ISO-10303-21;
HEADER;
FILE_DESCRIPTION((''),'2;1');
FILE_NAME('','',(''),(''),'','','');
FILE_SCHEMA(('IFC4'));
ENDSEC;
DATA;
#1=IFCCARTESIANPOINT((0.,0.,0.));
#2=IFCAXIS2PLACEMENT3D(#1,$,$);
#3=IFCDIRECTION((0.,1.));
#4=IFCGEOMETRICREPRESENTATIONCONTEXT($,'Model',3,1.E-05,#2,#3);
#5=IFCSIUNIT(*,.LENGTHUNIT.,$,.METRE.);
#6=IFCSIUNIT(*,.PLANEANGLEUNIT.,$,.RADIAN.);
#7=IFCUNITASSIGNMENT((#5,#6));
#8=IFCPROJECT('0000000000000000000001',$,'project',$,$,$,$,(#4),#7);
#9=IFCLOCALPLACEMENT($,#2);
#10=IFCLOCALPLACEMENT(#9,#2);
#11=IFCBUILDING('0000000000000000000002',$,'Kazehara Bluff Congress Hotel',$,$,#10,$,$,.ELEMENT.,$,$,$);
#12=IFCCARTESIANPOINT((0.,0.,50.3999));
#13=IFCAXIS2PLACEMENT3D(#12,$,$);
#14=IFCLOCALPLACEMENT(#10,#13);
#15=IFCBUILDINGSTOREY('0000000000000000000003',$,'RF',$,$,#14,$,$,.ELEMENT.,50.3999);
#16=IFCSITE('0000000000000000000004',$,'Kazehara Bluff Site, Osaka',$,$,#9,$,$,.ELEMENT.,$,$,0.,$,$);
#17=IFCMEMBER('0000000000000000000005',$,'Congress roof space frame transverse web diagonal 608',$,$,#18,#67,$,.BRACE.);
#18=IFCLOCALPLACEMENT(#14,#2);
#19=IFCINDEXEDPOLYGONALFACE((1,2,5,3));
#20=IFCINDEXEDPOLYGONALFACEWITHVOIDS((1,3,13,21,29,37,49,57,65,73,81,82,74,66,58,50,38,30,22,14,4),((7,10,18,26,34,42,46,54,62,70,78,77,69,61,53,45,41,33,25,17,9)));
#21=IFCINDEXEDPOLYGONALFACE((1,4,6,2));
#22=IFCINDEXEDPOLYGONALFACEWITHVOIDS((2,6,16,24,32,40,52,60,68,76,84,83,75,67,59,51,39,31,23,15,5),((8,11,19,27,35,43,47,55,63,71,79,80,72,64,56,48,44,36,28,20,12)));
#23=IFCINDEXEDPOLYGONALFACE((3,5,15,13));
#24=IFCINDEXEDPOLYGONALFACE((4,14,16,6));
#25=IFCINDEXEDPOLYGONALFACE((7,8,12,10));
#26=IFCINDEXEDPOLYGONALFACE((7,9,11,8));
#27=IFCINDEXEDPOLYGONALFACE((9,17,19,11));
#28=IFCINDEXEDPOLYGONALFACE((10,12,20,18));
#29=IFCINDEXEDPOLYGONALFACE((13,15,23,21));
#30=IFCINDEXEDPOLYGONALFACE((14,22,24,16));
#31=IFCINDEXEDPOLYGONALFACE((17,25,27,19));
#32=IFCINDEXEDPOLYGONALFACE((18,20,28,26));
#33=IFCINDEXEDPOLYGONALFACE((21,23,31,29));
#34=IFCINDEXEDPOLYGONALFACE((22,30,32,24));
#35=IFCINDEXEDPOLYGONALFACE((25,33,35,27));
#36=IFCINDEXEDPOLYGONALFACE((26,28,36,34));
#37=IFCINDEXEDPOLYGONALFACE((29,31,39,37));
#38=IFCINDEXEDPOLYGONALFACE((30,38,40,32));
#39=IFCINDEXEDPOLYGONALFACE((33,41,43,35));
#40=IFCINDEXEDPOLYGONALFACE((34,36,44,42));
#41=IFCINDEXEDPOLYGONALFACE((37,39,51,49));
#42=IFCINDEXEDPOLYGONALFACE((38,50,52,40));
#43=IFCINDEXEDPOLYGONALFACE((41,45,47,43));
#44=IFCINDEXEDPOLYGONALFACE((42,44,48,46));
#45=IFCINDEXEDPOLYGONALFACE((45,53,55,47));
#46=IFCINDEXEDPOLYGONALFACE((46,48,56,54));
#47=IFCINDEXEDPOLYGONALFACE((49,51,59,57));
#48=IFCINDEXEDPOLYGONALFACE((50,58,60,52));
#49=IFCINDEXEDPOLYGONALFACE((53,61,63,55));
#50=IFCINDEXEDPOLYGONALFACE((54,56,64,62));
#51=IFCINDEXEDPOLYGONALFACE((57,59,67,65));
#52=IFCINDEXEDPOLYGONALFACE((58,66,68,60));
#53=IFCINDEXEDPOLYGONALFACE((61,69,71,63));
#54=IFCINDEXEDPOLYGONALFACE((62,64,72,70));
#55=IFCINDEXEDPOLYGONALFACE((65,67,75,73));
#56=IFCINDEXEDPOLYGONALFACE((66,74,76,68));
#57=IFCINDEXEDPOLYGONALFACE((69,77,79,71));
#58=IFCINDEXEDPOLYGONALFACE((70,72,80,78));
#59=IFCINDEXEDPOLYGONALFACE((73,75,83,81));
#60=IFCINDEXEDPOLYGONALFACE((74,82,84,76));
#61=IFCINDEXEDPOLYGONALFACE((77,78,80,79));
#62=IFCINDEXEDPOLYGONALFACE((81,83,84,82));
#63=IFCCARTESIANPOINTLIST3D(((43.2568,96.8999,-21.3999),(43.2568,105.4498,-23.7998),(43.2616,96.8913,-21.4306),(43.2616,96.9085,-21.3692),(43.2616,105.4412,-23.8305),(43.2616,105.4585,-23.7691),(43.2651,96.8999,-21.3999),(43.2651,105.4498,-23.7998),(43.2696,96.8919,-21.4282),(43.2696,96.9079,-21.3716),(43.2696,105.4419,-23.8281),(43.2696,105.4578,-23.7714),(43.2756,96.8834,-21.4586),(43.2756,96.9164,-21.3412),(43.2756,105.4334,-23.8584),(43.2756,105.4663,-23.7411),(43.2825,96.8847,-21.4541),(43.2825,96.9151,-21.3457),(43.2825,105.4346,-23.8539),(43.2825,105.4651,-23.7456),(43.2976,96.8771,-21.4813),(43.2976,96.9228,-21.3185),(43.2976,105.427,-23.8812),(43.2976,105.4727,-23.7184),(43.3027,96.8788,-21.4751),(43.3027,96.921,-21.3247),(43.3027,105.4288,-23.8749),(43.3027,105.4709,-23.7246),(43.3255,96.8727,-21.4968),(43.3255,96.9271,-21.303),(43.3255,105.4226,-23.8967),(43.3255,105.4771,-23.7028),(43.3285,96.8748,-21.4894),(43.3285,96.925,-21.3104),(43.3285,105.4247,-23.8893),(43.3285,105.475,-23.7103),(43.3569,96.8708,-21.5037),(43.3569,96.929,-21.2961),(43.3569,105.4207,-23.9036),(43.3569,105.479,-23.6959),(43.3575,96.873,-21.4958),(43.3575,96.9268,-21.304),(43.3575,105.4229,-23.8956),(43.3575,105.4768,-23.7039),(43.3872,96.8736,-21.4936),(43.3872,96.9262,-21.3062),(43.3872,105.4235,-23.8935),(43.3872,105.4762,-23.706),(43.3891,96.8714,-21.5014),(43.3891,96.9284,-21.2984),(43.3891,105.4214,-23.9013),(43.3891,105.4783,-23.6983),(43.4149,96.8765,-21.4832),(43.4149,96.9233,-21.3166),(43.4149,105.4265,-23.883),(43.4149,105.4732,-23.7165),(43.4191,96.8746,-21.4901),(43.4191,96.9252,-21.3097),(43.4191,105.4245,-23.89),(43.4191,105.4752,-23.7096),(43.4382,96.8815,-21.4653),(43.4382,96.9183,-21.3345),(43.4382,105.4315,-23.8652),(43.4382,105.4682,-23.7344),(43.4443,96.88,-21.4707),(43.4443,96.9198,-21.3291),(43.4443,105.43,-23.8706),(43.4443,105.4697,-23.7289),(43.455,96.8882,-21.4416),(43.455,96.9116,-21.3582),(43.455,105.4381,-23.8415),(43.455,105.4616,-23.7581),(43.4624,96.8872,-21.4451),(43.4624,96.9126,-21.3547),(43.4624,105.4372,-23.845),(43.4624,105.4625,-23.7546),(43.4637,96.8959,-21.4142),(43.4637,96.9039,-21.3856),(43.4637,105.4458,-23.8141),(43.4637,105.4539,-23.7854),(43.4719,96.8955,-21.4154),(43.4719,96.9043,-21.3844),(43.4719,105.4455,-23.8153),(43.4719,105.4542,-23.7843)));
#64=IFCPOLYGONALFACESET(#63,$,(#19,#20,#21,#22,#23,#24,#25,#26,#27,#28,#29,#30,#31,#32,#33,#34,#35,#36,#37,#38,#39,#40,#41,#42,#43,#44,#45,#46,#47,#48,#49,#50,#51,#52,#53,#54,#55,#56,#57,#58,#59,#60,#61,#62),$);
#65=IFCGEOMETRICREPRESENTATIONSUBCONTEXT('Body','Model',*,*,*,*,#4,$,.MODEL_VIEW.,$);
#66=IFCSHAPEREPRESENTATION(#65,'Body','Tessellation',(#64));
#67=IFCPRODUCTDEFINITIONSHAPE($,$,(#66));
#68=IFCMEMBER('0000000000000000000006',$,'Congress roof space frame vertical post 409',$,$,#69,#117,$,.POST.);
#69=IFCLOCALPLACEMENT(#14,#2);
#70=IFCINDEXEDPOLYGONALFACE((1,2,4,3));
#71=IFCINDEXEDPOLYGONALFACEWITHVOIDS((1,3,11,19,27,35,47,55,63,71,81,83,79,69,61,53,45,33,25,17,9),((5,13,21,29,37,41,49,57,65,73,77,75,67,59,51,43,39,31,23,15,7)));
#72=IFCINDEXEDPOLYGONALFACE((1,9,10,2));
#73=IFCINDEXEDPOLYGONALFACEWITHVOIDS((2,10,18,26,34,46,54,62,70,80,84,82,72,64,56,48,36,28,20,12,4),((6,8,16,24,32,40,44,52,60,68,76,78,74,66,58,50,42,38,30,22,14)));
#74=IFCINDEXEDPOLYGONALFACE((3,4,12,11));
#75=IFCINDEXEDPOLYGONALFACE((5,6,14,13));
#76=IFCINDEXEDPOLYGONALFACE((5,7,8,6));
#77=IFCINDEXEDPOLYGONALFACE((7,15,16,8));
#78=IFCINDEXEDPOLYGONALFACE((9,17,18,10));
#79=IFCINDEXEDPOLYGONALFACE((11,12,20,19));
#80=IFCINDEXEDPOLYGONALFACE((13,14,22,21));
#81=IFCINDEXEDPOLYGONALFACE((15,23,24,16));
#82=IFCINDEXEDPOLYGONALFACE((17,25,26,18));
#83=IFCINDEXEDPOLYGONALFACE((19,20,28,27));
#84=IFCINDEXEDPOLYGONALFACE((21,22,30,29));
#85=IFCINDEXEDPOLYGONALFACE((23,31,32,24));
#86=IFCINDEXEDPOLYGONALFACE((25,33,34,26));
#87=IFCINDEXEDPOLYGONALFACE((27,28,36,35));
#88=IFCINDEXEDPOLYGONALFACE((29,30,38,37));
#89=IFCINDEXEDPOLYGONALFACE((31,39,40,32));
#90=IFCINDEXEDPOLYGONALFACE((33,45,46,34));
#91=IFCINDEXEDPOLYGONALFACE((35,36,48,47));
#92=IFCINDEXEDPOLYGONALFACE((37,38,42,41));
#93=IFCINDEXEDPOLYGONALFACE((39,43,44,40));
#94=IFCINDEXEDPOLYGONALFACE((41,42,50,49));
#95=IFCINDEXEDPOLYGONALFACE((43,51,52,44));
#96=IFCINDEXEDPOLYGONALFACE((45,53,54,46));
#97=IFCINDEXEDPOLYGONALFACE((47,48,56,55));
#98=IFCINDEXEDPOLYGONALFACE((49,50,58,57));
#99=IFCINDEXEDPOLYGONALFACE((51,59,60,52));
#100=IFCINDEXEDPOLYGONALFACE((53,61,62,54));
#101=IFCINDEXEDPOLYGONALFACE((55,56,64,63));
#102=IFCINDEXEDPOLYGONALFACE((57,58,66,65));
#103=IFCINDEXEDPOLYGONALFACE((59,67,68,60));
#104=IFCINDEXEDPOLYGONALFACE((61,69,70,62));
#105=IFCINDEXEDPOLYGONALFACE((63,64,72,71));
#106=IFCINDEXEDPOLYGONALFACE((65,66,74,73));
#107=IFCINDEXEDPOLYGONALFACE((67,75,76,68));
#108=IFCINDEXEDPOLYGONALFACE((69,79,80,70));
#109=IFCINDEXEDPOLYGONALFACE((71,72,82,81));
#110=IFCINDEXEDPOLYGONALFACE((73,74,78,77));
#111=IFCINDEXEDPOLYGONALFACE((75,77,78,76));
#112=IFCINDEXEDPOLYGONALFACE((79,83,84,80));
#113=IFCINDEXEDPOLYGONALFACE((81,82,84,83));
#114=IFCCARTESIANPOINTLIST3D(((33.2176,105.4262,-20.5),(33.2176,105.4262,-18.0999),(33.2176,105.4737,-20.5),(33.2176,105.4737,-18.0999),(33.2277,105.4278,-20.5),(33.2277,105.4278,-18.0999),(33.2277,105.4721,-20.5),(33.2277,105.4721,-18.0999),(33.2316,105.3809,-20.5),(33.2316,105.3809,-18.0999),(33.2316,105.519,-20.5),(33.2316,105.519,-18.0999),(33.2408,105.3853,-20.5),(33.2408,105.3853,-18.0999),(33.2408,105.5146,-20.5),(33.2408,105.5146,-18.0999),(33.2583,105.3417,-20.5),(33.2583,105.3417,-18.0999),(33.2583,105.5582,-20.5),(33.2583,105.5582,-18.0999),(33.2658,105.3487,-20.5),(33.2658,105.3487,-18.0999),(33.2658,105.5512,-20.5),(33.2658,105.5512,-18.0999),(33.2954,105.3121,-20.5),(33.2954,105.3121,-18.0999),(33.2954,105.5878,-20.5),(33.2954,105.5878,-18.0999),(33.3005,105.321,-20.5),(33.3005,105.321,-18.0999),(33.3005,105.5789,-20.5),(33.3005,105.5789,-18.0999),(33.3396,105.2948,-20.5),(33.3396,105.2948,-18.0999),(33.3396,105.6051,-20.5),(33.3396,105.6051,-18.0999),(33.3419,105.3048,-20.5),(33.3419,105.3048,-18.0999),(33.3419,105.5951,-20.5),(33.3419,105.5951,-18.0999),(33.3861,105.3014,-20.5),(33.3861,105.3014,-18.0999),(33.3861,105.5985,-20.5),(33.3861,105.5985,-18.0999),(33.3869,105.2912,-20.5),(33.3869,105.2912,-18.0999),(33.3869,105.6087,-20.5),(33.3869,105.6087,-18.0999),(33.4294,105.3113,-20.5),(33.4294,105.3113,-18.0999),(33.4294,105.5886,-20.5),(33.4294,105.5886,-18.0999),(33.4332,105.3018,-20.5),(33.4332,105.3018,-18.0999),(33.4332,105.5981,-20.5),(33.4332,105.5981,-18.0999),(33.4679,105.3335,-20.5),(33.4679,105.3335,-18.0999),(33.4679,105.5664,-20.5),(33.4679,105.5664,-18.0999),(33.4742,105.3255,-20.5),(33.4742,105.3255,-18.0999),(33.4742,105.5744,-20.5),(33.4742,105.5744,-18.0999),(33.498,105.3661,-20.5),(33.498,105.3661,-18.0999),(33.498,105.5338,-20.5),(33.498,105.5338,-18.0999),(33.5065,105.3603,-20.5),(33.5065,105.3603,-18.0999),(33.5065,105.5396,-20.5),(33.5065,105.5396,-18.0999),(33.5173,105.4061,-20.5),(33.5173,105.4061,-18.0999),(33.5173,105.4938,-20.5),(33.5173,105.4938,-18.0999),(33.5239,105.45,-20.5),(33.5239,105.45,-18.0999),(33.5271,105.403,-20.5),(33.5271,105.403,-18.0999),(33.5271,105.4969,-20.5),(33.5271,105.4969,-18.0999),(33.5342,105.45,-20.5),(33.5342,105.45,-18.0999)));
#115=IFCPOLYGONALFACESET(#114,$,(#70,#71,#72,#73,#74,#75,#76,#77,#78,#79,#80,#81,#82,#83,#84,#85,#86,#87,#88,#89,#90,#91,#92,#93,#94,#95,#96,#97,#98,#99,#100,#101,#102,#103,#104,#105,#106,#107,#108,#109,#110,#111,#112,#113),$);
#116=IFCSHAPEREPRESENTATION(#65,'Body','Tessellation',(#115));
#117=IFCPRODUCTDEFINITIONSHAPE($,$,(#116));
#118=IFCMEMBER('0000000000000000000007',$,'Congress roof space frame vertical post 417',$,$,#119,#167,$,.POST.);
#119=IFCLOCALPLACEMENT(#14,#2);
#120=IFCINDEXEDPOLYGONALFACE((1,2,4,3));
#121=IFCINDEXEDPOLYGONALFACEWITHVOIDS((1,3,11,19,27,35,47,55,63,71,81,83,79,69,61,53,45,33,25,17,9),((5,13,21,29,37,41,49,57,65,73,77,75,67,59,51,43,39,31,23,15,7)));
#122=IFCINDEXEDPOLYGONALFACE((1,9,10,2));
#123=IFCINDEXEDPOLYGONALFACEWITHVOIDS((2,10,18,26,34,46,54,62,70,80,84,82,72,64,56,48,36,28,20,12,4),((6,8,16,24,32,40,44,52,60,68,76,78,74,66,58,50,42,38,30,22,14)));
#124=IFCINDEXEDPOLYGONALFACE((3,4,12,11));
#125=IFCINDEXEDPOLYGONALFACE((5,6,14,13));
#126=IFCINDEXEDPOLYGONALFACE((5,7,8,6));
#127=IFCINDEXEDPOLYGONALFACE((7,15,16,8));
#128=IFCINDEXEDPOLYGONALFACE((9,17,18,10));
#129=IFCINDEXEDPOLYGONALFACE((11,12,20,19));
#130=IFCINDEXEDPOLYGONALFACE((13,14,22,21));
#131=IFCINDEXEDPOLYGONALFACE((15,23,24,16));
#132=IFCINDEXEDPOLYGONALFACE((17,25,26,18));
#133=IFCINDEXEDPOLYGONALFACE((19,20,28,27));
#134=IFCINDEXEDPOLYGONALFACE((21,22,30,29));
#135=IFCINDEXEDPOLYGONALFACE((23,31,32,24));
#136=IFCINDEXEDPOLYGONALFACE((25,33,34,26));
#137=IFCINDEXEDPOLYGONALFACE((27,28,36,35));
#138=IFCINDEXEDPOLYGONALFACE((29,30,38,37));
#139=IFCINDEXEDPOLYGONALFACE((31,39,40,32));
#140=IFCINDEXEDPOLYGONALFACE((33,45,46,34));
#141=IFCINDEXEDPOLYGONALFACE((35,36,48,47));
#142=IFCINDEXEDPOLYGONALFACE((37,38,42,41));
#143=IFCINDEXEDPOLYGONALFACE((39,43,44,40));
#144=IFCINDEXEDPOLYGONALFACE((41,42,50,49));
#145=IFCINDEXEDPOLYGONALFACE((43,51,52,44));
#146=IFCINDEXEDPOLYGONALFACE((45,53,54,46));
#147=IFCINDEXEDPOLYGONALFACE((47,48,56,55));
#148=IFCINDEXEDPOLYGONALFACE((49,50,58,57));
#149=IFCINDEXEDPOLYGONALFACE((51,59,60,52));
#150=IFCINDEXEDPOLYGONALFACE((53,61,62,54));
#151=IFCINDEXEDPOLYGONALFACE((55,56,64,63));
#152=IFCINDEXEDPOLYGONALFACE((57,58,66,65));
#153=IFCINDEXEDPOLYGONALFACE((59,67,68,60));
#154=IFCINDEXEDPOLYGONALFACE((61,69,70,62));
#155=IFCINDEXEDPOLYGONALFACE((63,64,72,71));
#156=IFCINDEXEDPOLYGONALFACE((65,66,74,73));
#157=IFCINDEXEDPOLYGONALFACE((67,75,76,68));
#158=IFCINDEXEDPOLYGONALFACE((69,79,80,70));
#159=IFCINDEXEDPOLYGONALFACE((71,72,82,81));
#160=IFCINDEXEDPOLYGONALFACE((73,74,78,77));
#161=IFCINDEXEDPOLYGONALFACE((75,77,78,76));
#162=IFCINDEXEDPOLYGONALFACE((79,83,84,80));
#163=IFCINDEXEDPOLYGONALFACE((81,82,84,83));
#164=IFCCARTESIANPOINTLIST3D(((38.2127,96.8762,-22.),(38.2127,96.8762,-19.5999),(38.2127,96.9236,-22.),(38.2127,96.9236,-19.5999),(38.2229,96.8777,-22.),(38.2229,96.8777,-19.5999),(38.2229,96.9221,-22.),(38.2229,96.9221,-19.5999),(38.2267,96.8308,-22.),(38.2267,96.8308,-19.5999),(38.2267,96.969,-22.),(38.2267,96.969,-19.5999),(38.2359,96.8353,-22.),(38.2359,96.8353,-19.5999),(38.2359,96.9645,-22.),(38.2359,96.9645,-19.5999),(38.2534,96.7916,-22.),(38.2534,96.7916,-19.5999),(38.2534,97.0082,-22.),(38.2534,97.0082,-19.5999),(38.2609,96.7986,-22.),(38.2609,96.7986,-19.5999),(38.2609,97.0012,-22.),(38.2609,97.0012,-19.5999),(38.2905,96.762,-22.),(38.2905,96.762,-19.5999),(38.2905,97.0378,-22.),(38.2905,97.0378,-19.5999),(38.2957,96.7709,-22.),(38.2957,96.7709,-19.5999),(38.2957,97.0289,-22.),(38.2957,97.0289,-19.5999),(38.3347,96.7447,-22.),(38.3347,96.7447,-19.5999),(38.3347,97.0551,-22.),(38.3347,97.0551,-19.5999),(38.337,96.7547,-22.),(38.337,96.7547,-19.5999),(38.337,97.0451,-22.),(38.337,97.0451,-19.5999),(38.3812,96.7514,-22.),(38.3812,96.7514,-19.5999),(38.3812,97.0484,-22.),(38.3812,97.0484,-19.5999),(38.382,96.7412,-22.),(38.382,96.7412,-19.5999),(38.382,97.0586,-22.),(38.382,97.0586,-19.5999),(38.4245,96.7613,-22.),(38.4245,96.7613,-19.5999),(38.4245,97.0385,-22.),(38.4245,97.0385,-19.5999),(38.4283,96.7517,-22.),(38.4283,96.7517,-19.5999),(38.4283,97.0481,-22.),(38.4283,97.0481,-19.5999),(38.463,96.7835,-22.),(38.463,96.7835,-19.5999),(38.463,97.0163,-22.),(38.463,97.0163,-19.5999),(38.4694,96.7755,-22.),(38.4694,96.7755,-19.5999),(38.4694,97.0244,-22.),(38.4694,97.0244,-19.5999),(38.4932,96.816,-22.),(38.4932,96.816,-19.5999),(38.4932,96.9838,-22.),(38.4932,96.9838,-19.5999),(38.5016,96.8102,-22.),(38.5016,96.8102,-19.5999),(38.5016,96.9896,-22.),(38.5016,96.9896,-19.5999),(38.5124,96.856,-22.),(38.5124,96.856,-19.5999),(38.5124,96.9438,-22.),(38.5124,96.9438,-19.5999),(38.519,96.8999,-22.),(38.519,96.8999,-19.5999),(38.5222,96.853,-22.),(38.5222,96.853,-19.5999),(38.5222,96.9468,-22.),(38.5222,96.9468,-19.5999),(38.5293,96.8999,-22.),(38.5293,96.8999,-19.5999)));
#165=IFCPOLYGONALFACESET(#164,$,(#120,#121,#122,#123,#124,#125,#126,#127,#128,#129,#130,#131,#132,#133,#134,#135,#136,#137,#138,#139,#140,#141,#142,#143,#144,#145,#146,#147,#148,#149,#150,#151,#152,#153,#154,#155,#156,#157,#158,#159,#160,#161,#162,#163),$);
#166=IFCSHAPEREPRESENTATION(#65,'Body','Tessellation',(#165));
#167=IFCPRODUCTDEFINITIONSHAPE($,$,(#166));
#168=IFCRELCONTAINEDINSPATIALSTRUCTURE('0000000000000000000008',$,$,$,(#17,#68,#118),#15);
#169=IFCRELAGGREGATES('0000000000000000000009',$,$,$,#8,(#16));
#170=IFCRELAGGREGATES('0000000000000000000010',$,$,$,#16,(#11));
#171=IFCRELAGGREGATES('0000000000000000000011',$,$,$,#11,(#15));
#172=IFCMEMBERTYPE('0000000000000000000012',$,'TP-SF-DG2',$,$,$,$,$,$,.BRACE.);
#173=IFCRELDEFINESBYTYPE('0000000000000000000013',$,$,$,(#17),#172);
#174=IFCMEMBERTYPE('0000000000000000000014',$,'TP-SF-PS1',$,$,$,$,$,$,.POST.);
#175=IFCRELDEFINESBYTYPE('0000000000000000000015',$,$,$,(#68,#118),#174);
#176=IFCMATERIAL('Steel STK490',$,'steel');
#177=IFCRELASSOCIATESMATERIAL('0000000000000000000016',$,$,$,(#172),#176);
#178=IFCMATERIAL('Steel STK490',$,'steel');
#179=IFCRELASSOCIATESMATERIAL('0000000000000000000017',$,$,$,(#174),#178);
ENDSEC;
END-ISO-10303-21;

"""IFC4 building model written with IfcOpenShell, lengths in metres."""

from ifc_helpers import new_model, si_unit, direction, frame, origin, origin_2d, place, context, subcontext, project, spatial, hollow_circle, extrude, material, material_profile, profile_set, type_object, element, save


model = new_model("IFC4")

# Units and contexts
model_context = context("Model", 3, precision=1e-05, world=origin(), true_north=direction((0.0, 1.0)))
body_context = subcontext(model_context, "Body", "Model", "MODEL_VIEW")
ifc_project = project(units=[si_unit("LENGTHUNIT", "METRE"), si_unit("PLANEANGLEUNIT", "RADIAN")], contexts=[model_context])

# Site, building, storey
site_placement = place(None, origin())
site = spatial("IfcSite", under=ifc_project, at=site_placement, Name="Kazehara Bluff Site, Osaka", CompositionType="ELEMENT", RefElevation=0.0)
building_placement = place(site_placement, origin())
building = spatial("IfcBuilding", under=site, at=building_placement, Name="Kazehara Bluff Congress Hotel", CompositionType="ELEMENT")
storey_placement = place(building_placement, frame((0.0, 0.0, 50.3999)))
storey = spatial("IfcBuildingStorey", under=building, at=storey_placement, Name="RF", CompositionType="ELEMENT", Elevation=50.3999)

# Members
ifc_material_1 = material(Name="Steel STK490", Category="steel")
ifc_material_profile_1 = material_profile(ifc_material_1, hollow_circle(Radius=0.1082, WallThickness=0.0083, at=origin_2d()))
ifc_profile_set_1 = profile_set([ifc_material_profile_1], Name="Steel STK490")
member_type_1 = type_object("IfcMemberType", Name="TP-SF-DG2", PredefinedType="BRACE", material=ifc_profile_set_1)
member_1_placement = place(storey_placement, frame((43.365, 96.8999, -21.3999), z_axis=(0.0, 0.962792, -0.270245), x_axis=(-1.0, 0.0, 0.0)))
element("IfcMember", 1, at=member_1_placement, inside=storey, type_object=member_type_1, Name="Congress roof space frame transverse web diagonal 608", PredefinedType="BRACE", context=body_context, shape_type="SweptSolid", body=[
    extrude(hollow_circle(Radius=0.1082, WallThickness=0.0083, at=origin_2d()), origin(), (0.0, 0.0, 1.0), 8.8804),
])
ifc_material_2 = material(Name="Steel STK490", Category="steel")
ifc_material_profile_2 = material_profile(ifc_material_2, hollow_circle(Radius=0.1592, WallThickness=0.0103, at=origin_2d()))
ifc_profile_set_2 = profile_set([ifc_material_profile_2], Name="Steel STK490")
member_type_2 = type_object("IfcMemberType", Name="TP-SF-PS1", PredefinedType="POST", material=ifc_profile_set_2)
for number, where, z_axis, x_axis, name in (
    (2, (33.375, 105.45, -20.5), (0.0, 0.0, 1.0), (1.0, 0.0, 0.0), "Congress roof space frame vertical post 409"),
    (3, (38.3701, 96.8999, -22.0), (0.0, 0.0, 1.0), (1.0, 0.0, 0.0), "Congress roof space frame vertical post 417"),
):
    element("IfcMember", number, at=place(storey_placement, frame(where, z_axis=z_axis, x_axis=x_axis)), inside=storey, type_object=member_type_2, Name=name, PredefinedType="POST", context=body_context, shape_type="SweptSolid", body=[
        extrude(hollow_circle(Radius=0.1592, WallThickness=0.0103, at=origin_2d()), origin(), (0.0, 0.0, 1.0), 2.4001),
    ])

save(model, "model.ifc")
